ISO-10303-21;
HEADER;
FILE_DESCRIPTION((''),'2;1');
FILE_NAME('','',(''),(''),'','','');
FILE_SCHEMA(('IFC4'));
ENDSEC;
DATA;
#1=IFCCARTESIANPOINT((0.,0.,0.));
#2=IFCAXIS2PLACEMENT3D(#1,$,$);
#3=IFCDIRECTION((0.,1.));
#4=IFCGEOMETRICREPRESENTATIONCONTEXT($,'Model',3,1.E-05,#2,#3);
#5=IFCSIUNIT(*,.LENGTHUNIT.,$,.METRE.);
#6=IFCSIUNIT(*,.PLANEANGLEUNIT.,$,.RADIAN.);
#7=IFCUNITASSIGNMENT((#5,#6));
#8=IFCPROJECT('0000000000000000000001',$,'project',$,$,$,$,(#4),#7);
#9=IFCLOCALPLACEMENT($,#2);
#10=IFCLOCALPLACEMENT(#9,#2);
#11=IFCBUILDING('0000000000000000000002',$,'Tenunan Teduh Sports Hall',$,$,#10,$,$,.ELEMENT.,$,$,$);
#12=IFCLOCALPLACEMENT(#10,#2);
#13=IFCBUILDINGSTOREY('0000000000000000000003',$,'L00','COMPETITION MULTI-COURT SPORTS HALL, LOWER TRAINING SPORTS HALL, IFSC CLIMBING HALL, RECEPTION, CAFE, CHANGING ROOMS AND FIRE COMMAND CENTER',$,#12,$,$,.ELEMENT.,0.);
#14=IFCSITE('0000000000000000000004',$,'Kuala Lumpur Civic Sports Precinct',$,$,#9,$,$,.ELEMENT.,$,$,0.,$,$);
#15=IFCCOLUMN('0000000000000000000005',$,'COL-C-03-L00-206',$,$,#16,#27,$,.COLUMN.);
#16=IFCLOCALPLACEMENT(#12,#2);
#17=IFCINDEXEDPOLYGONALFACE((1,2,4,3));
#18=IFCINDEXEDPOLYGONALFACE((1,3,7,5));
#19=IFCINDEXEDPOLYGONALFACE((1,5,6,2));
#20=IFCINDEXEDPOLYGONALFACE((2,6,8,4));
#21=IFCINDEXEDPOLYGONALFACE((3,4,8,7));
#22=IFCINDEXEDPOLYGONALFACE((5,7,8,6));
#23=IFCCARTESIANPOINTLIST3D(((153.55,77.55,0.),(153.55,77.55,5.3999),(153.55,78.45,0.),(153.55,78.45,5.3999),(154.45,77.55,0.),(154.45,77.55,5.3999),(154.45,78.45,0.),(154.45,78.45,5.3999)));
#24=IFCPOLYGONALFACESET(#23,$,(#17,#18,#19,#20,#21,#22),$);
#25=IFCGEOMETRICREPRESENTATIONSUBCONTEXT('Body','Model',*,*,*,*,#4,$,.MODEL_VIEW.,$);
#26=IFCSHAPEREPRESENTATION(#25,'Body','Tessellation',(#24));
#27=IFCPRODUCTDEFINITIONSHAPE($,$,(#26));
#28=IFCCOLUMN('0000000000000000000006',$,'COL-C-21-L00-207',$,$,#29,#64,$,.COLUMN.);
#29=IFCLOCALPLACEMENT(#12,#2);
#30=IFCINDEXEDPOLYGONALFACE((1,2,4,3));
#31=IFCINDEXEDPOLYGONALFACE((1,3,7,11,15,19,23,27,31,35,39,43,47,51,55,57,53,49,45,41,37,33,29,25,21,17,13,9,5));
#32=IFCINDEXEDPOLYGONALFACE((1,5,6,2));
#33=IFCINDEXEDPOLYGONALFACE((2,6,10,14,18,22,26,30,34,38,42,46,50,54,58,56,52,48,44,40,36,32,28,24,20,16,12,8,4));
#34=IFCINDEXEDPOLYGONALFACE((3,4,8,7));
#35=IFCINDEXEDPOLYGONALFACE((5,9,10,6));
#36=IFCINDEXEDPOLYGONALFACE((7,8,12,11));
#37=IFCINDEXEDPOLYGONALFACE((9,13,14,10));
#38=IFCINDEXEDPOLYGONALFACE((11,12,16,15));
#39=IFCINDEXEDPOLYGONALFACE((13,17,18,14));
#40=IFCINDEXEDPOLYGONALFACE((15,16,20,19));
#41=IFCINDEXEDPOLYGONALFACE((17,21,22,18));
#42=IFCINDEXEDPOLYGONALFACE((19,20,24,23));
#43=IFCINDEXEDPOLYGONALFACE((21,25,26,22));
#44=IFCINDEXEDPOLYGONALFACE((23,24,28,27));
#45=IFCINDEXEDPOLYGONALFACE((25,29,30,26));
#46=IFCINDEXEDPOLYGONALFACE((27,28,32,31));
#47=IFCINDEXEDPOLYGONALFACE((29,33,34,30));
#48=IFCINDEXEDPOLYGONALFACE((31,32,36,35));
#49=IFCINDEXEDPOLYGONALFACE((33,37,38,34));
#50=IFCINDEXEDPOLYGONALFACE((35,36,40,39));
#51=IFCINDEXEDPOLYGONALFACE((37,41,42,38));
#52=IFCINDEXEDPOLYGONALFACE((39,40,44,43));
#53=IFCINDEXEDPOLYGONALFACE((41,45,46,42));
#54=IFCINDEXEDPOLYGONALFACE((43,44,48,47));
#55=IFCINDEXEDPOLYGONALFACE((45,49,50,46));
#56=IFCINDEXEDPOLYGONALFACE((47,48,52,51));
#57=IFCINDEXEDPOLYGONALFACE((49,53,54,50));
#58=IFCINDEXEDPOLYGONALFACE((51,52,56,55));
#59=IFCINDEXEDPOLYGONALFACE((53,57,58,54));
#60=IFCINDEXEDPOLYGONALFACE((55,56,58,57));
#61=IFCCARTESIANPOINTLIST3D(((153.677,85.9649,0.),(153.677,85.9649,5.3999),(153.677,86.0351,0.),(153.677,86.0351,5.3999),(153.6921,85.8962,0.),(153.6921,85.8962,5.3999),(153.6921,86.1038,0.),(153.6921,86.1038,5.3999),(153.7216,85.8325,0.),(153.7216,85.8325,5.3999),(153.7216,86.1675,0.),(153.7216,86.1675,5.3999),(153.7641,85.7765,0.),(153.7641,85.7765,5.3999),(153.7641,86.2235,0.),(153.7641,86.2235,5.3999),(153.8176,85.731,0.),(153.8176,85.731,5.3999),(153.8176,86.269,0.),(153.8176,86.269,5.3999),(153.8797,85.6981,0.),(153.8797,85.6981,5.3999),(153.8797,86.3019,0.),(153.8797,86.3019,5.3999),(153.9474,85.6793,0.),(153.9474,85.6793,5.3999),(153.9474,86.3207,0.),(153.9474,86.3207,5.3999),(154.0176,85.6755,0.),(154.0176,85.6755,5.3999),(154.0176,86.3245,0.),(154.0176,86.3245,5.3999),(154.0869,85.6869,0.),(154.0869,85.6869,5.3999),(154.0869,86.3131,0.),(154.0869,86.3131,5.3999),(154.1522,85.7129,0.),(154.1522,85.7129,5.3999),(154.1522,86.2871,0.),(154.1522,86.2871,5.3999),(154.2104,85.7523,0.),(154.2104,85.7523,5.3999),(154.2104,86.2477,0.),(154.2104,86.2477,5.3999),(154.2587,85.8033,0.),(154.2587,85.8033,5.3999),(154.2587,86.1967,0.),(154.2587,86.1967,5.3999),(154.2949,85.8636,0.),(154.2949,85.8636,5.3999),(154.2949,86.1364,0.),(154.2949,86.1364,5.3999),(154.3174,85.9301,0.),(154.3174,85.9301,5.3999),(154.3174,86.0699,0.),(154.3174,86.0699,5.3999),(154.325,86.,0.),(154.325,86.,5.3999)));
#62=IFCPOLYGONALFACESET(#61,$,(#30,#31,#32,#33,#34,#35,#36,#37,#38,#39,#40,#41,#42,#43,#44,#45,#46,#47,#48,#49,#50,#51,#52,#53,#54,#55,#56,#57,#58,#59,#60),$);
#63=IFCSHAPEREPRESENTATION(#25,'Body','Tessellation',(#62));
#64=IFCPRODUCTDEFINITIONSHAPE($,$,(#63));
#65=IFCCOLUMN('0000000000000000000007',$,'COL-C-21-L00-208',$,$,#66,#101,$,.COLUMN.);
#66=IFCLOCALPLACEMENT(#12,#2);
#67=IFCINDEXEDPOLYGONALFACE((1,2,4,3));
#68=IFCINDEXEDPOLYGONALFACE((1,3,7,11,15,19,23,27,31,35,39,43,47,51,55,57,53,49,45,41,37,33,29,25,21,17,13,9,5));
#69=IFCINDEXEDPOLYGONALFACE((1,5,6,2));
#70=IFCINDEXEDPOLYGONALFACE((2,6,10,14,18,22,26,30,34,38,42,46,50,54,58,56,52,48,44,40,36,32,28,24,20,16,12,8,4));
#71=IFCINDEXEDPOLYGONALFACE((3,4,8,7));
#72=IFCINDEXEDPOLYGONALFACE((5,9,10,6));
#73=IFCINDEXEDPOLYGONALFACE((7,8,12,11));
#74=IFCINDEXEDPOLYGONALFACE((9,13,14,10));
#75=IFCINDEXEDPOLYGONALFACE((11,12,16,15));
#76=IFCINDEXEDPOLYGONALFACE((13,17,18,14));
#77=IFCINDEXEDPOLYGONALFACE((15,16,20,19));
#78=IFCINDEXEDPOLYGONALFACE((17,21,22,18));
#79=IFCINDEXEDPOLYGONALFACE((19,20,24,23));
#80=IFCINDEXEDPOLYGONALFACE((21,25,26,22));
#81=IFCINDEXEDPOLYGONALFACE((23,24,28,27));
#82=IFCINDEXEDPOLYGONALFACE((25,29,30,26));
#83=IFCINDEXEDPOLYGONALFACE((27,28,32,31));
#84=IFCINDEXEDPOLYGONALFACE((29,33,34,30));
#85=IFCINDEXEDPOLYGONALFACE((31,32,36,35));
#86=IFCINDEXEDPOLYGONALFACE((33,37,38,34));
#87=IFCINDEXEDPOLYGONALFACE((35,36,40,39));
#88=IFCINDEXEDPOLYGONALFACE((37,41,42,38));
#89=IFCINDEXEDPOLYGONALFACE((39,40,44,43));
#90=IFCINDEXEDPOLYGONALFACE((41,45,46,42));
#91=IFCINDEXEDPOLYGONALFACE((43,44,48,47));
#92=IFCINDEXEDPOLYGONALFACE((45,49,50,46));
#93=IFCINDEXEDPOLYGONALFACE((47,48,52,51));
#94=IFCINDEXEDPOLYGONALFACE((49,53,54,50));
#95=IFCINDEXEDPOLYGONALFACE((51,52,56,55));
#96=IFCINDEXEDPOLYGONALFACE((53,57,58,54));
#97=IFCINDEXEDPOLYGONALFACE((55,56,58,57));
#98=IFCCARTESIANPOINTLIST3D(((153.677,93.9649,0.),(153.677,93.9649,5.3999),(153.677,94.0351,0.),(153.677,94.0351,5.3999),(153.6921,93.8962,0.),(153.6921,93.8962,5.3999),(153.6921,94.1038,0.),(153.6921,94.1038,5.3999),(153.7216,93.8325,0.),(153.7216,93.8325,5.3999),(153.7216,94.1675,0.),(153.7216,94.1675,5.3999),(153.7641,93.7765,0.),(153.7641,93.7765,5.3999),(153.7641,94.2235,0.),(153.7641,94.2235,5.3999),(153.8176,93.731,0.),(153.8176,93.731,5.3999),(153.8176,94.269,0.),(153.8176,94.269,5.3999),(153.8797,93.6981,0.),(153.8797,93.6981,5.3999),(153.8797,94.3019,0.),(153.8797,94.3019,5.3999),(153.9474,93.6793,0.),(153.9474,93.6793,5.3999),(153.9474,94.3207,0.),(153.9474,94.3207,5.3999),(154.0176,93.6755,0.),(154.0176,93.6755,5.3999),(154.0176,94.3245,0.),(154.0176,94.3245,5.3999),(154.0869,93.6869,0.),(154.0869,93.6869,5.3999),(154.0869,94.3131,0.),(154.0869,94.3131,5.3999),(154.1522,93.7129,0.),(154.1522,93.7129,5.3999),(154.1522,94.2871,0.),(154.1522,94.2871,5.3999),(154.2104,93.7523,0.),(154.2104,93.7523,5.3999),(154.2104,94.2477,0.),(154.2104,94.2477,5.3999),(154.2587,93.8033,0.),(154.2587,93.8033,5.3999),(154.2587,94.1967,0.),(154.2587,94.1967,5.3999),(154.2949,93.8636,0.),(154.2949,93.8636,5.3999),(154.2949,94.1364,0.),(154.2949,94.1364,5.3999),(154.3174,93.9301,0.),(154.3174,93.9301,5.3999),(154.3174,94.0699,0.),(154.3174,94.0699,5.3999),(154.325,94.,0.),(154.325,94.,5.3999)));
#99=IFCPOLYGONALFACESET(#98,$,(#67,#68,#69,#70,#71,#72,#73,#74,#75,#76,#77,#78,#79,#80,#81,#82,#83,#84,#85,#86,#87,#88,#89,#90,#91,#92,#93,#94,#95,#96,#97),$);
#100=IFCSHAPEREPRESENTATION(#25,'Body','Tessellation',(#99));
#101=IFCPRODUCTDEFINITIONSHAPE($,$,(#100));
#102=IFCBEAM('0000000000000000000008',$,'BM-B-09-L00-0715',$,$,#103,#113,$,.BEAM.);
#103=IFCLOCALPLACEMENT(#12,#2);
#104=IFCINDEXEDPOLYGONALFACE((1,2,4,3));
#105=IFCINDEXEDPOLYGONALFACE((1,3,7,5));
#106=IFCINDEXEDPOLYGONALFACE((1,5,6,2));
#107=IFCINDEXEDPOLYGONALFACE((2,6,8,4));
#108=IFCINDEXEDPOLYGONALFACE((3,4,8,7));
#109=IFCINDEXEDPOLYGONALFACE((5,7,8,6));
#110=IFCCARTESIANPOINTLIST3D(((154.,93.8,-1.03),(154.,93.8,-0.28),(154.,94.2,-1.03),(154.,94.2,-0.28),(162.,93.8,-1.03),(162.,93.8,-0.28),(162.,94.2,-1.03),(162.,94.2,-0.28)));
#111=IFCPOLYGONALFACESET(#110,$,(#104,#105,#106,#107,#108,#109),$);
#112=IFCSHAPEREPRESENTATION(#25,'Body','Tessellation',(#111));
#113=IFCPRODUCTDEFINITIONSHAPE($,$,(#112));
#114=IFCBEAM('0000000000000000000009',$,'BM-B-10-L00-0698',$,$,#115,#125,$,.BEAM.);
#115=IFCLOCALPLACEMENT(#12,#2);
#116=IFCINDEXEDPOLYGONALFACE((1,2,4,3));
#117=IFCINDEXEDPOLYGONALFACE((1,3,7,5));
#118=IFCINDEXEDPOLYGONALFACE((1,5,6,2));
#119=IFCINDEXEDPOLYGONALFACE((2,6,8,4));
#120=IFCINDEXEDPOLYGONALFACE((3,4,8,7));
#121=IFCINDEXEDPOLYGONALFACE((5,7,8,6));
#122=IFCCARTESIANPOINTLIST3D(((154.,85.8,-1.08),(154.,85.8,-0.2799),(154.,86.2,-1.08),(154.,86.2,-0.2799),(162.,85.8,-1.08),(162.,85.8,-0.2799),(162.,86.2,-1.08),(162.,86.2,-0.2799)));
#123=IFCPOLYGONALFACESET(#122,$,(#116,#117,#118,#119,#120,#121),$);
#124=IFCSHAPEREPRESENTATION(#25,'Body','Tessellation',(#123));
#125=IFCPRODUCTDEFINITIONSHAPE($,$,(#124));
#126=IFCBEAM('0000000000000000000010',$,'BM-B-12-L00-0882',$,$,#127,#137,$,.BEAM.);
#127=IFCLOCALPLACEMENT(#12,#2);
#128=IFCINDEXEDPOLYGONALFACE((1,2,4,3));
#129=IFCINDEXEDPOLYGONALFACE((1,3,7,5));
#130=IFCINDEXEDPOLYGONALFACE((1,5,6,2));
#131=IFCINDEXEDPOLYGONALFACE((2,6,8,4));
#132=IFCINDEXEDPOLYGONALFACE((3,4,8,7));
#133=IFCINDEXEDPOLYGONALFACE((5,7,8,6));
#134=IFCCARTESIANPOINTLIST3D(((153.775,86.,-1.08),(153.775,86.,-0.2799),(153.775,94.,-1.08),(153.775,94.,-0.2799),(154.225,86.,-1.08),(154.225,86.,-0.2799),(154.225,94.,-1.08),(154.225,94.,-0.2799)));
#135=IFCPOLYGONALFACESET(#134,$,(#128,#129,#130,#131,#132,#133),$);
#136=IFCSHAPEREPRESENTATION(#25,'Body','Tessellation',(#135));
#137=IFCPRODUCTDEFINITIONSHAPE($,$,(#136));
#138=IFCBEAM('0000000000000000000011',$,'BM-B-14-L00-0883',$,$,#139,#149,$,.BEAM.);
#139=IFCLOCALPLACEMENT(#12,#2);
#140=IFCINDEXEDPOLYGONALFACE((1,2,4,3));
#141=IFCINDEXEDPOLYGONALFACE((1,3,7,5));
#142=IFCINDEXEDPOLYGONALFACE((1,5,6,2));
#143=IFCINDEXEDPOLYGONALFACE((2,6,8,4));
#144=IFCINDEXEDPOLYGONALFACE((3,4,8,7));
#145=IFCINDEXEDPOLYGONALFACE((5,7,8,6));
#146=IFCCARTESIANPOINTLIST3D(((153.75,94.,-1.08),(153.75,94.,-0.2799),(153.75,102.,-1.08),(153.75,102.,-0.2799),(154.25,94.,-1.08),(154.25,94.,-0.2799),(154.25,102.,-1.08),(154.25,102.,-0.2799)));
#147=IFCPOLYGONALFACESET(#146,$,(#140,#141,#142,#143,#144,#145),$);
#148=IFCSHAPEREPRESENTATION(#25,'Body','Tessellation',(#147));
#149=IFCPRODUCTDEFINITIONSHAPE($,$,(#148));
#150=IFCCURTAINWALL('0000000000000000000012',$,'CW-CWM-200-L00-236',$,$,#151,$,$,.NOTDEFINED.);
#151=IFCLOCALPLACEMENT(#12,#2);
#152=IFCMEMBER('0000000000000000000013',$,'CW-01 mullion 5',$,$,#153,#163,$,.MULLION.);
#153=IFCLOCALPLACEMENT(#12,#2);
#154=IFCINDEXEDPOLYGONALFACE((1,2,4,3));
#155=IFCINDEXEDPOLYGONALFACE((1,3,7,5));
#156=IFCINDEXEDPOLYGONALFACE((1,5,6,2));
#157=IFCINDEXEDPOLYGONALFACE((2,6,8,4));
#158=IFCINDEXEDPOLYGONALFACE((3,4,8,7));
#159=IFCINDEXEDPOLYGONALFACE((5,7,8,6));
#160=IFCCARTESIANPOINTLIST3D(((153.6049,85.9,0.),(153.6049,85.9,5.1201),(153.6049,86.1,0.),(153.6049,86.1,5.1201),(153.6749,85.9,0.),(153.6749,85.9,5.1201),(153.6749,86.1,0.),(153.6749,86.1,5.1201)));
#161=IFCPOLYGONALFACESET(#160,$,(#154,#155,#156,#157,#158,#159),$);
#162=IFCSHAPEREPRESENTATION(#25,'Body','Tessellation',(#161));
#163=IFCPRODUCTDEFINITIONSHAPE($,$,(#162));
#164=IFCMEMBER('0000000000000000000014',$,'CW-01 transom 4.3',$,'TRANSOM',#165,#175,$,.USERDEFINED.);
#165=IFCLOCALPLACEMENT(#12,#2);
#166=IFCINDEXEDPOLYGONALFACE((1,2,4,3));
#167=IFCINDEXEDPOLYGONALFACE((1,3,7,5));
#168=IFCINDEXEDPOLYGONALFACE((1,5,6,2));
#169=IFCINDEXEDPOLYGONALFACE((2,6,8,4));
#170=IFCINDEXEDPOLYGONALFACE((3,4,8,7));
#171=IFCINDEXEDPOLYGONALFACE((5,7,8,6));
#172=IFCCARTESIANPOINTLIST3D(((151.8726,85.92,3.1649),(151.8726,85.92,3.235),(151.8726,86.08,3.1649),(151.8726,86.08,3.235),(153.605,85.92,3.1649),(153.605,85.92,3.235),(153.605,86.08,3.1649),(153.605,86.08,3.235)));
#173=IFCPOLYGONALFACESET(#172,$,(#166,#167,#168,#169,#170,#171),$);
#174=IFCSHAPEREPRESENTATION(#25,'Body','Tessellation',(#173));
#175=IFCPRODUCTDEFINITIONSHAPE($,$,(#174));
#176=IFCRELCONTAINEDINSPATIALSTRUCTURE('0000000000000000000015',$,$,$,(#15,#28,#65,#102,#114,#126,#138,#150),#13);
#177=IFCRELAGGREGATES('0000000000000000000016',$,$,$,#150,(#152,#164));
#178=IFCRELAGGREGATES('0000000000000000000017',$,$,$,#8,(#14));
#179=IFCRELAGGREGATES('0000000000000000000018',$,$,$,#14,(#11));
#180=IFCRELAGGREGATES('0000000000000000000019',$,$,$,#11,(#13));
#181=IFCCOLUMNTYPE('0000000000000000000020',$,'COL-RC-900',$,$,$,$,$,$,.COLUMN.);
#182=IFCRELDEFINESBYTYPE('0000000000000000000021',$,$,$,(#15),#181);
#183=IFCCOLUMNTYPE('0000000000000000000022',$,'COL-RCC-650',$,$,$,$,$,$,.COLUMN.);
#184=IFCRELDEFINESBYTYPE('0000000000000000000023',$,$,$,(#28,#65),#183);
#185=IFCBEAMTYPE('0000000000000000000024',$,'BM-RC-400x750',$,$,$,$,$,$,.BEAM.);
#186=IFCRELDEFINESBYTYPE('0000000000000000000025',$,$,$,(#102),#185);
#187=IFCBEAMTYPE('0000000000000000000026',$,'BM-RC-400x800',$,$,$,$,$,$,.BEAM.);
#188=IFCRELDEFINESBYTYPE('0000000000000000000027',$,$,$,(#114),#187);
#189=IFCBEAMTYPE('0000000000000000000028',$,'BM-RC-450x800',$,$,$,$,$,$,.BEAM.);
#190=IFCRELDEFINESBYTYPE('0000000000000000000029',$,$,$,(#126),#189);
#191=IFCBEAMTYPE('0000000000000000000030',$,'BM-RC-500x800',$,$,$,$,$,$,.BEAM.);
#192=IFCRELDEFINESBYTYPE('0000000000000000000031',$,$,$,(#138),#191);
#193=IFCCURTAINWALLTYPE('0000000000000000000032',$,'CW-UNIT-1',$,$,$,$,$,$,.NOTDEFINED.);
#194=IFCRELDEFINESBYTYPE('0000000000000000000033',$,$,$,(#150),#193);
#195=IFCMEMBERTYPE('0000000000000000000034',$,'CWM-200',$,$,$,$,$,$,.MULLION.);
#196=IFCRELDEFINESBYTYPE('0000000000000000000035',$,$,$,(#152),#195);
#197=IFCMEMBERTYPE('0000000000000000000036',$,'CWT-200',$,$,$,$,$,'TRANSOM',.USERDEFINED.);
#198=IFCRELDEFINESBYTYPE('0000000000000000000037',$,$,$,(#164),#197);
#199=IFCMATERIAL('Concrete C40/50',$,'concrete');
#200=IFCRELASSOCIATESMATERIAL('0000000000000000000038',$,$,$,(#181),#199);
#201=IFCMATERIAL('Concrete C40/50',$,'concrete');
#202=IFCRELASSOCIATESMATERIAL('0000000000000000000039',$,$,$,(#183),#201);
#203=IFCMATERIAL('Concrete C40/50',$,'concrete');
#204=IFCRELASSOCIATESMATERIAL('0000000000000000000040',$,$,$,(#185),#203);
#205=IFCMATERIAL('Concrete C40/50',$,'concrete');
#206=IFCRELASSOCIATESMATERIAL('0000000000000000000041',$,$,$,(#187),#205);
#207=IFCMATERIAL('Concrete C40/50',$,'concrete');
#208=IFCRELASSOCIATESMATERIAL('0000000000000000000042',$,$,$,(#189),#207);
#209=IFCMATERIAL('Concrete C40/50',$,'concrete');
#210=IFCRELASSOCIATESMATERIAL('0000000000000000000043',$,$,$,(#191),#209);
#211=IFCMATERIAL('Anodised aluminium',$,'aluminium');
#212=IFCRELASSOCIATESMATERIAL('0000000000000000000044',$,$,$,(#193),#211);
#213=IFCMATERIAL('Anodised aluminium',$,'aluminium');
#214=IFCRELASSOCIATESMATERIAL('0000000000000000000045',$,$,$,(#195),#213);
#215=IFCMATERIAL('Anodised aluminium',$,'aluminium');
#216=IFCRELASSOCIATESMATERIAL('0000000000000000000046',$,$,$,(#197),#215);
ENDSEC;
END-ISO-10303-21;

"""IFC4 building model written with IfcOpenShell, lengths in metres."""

from ifc_helpers import new_model, si_unit, direction, frame, origin, origin_2d, place, context, subcontext, project, spatial, rectangle, circle, extrude, material, material_profile, profile_set, type_object, element, aggregate, save


model = new_model("IFC4")

# Units and contexts
model_context = context("Model", 3, precision=1e-05, world=origin(), true_north=direction((0.0, 1.0)))
body_context = subcontext(model_context, "Body", "Model", "MODEL_VIEW")
ifc_project = project(units=[si_unit("LENGTHUNIT", "METRE"), si_unit("PLANEANGLEUNIT", "RADIAN")], contexts=[model_context])

# Site, building, storey
site_placement = place(None, origin())
site = spatial("IfcSite", under=ifc_project, at=site_placement, Name="Kuala Lumpur Civic Sports Precinct", CompositionType="ELEMENT", RefElevation=0.0)
building_placement = place(site_placement, origin())
building = spatial("IfcBuilding", under=site, at=building_placement, Name="Tenunan Teduh Sports Hall", CompositionType="ELEMENT")
storey_placement = place(building_placement, origin())
storey = spatial("IfcBuildingStorey", under=building, at=storey_placement, Name="L00", Description="COMPETITION MULTI-COURT SPORTS HALL, LOWER TRAINING SPORTS HALL, IFSC CLIMBING HALL, RECEPTION, CAFE, CHANGING ROOMS AND FIRE COMMAND CENTER", CompositionType="ELEMENT", Elevation=0.0)

# Columns
ifc_material_1 = material(Name="Concrete C40/50", Category="concrete")
ifc_material_profile_1 = material_profile(ifc_material_1, rectangle(XDim=0.8999, YDim=0.8999, at=origin_2d()), Name="RC 900x900")
ifc_profile_set_1 = profile_set([ifc_material_profile_1], Name="Concrete C40/50")
column_type_1 = type_object("IfcColumnType", Name="COL-RC-900", PredefinedType="COLUMN", material=ifc_profile_set_1)
column_placement = place(storey_placement, frame((154.0, 78.0, 0.0), z_axis=(0.0, 0.0, 1.0), x_axis=(1.0, 0.0, 0.0)))
element("IfcColumn", 1, at=column_placement, inside=storey, type_object=column_type_1, Name="COL-C-03-L00-206", PredefinedType="COLUMN", context=body_context, shape_type="SweptSolid", body=[
    extrude(rectangle(XDim=0.8999, YDim=0.8999, at=origin_2d()), origin(), (0.0, 0.0, 1.0), 5.3999),
])
ifc_material_2 = material(Name="Concrete C40/50", Category="concrete")
ifc_material_profile_2 = material_profile(ifc_material_2, circle(Radius=0.325, at=origin_2d()), Name="RCC D650")
ifc_profile_set_2 = profile_set([ifc_material_profile_2], Name="Concrete C40/50")
column_type_2 = type_object("IfcColumnType", Name="COL-RCC-650", PredefinedType="COLUMN", material=ifc_profile_set_2)
for number, where, z_axis, x_axis, name in (
    (2, (154.0, 86.0, 0.0), (0.0, 0.0, 1.0), (1.0, 0.0, 0.0), "COL-C-21-L00-207"),
    (3, (154.0, 94.0, 0.0), (0.0, 0.0, 1.0), (1.0, 0.0, 0.0), "COL-C-21-L00-208"),
):
    element("IfcColumn", number, at=place(storey_placement, frame(where, z_axis=z_axis, x_axis=x_axis)), inside=storey, type_object=column_type_2, Name=name, PredefinedType="COLUMN", context=body_context, shape_type="SweptSolid", body=[
        extrude(circle(Radius=0.325, at=origin_2d()), origin(), (0.0, 0.0, 1.0), 5.3999),
    ])

# Beams
ifc_material_3 = material(Name="Concrete C40/50", Category="concrete")
ifc_material_profile_3 = material_profile(ifc_material_3, rectangle(XDim=0.3999, YDim=0.75, at=origin_2d()), Name="RCB 400x750")
ifc_profile_set_3 = profile_set([ifc_material_profile_3], Name="Concrete C40/50")
beam_type_1 = type_object("IfcBeamType", Name="BM-RC-400x750", PredefinedType="BEAM", material=ifc_profile_set_3)
beam_1_placement = place(storey_placement, frame((154.0, 94.0, -0.655), z_axis=(1.0, 0.0, 0.0), x_axis=(0.0, 1.0, 0.0)))
element("IfcBeam", 4, at=beam_1_placement, inside=storey, type_object=beam_type_1, Name="BM-B-09-L00-0715", PredefinedType="BEAM", context=body_context, shape_type="SweptSolid", body=[
    extrude(rectangle(XDim=0.3999, YDim=0.75, at=origin_2d()), origin(), (0.0, 0.0, 1.0), 8.0),
])
ifc_material_4 = material(Name="Concrete C40/50", Category="concrete")
ifc_material_profile_4 = material_profile(ifc_material_4, rectangle(XDim=0.3999, YDim=0.8, at=origin_2d()), Name="RCB 400x800")
ifc_profile_set_4 = profile_set([ifc_material_profile_4], Name="Concrete C40/50")
beam_type_2 = type_object("IfcBeamType", Name="BM-RC-400x800", PredefinedType="BEAM", material=ifc_profile_set_4)
beam_2_placement = place(storey_placement, frame((154.0, 86.0, -0.6799), z_axis=(1.0, 0.0, 0.0), x_axis=(0.0, 1.0, 0.0)))
element("IfcBeam", 5, at=beam_2_placement, inside=storey, type_object=beam_type_2, Name="BM-B-10-L00-0698", PredefinedType="BEAM", context=body_context, shape_type="SweptSolid", body=[
    extrude(rectangle(XDim=0.3999, YDim=0.8, at=origin_2d()), origin(), (0.0, 0.0, 1.0), 8.0),
])
ifc_material_5 = material(Name="Concrete C40/50", Category="concrete")
ifc_material_profile_5 = material_profile(ifc_material_5, rectangle(XDim=0.45, YDim=0.8, at=origin_2d()), Name="RCB 450x800")
ifc_profile_set_5 = profile_set([ifc_material_profile_5], Name="Concrete C40/50")
beam_type_3 = type_object("IfcBeamType", Name="BM-RC-450x800", PredefinedType="BEAM", material=ifc_profile_set_5)
beam_3_placement = place(storey_placement, frame((154.0, 86.0, -0.6799), z_axis=(0.0, 1.0, 0.0), x_axis=(-1.0, 0.0, 0.0)))
element("IfcBeam", 6, at=beam_3_placement, inside=storey, type_object=beam_type_3, Name="BM-B-12-L00-0882", PredefinedType="BEAM", context=body_context, shape_type="SweptSolid", body=[
    extrude(rectangle(XDim=0.45, YDim=0.8, at=origin_2d()), origin(), (0.0, 0.0, 1.0), 8.0),
])
ifc_material_6 = material(Name="Concrete C40/50", Category="concrete")
ifc_material_profile_6 = material_profile(ifc_material_6, rectangle(XDim=0.5, YDim=0.8, at=origin_2d()), Name="RCB 500x800")
ifc_profile_set_6 = profile_set([ifc_material_profile_6], Name="Concrete C40/50")
beam_type_4 = type_object("IfcBeamType", Name="BM-RC-500x800", PredefinedType="BEAM", material=ifc_profile_set_6)
beam_4_placement = place(storey_placement, frame((154.0, 94.0, -0.6799), z_axis=(0.0, 1.0, 0.0), x_axis=(-1.0, 0.0, 0.0)))
element("IfcBeam", 7, at=beam_4_placement, inside=storey, type_object=beam_type_4, Name="BM-B-14-L00-0883", PredefinedType="BEAM", context=body_context, shape_type="SweptSolid", body=[
    extrude(rectangle(XDim=0.5, YDim=0.8, at=origin_2d()), origin(), (0.0, 0.0, 1.0), 8.0),
])

# Curtain wall, members
ifc_material_7 = material(Name="Anodised aluminium", Category="aluminium")
curtain_wall_type = type_object("IfcCurtainWallType", Name="CW-UNIT-1", PredefinedType="NOTDEFINED", material=ifc_material_7)
curtain_wall_placement = place(storey_placement, origin())
curtain_wall = element("IfcCurtainWall", 8, at=curtain_wall_placement, inside=storey, type_object=curtain_wall_type, Name="CW-CWM-200-L00-236", PredefinedType="NOTDEFINED")
ifc_material_8 = material(Name="Anodised aluminium", Category="aluminium")
ifc_material_profile_7 = material_profile(ifc_material_8, rectangle(XDim=0.0701, YDim=0.2, at=origin_2d()), Name="CWM 70x200")
ifc_profile_set_7 = profile_set([ifc_material_profile_7], Name="Anodised aluminium")
member_type_1 = type_object("IfcMemberType", Name="CWM-200", PredefinedType="MULLION", material=ifc_profile_set_7)
member_1_placement = place(storey_placement, frame((153.6399, 86.0, 0.0), z_axis=(0.0, 0.0, 1.0), x_axis=(1.0, 0.0, 0.0)))
member_1 = element("IfcMember", 9, at=member_1_placement, type_object=member_type_1, Name="CW-01 mullion 5", PredefinedType="MULLION", context=body_context, shape_type="SweptSolid", body=[
    extrude(rectangle(XDim=0.0701, YDim=0.2, at=origin_2d()), origin(), (0.0, 0.0, 1.0), 5.1201),
])
ifc_material_9 = material(Name="Anodised aluminium", Category="aluminium")
ifc_material_profile_8 = material_profile(ifc_material_9, rectangle(XDim=0.0701, YDim=0.1599, at=origin_2d()), Name="CWT 70x160")
ifc_profile_set_8 = profile_set([ifc_material_profile_8], Name="Anodised aluminium")
member_type_2 = type_object("IfcMemberType", Name="CWT-200", ElementType="TRANSOM", PredefinedType="USERDEFINED", material=ifc_profile_set_8)
member_2_placement = place(storey_placement, frame((151.8726, 86.0, 3.2), z_axis=(1.0, 0.0, 0.0), x_axis=(0.0, 0.0, 1.0)))
member_2 = element("IfcMember", 10, at=member_2_placement, type_object=member_type_2, Name="CW-01 transom 4.3", ObjectType="TRANSOM", PredefinedType="USERDEFINED", context=body_context, shape_type="SweptSolid", body=[
    extrude(rectangle(XDim=0.0701, YDim=0.1599, at=origin_2d()), origin(), (0.0, 0.0, 1.0), 1.7324),
])

aggregate(curtain_wall, [member_1, member_2])

save(model, "model.ifc")
